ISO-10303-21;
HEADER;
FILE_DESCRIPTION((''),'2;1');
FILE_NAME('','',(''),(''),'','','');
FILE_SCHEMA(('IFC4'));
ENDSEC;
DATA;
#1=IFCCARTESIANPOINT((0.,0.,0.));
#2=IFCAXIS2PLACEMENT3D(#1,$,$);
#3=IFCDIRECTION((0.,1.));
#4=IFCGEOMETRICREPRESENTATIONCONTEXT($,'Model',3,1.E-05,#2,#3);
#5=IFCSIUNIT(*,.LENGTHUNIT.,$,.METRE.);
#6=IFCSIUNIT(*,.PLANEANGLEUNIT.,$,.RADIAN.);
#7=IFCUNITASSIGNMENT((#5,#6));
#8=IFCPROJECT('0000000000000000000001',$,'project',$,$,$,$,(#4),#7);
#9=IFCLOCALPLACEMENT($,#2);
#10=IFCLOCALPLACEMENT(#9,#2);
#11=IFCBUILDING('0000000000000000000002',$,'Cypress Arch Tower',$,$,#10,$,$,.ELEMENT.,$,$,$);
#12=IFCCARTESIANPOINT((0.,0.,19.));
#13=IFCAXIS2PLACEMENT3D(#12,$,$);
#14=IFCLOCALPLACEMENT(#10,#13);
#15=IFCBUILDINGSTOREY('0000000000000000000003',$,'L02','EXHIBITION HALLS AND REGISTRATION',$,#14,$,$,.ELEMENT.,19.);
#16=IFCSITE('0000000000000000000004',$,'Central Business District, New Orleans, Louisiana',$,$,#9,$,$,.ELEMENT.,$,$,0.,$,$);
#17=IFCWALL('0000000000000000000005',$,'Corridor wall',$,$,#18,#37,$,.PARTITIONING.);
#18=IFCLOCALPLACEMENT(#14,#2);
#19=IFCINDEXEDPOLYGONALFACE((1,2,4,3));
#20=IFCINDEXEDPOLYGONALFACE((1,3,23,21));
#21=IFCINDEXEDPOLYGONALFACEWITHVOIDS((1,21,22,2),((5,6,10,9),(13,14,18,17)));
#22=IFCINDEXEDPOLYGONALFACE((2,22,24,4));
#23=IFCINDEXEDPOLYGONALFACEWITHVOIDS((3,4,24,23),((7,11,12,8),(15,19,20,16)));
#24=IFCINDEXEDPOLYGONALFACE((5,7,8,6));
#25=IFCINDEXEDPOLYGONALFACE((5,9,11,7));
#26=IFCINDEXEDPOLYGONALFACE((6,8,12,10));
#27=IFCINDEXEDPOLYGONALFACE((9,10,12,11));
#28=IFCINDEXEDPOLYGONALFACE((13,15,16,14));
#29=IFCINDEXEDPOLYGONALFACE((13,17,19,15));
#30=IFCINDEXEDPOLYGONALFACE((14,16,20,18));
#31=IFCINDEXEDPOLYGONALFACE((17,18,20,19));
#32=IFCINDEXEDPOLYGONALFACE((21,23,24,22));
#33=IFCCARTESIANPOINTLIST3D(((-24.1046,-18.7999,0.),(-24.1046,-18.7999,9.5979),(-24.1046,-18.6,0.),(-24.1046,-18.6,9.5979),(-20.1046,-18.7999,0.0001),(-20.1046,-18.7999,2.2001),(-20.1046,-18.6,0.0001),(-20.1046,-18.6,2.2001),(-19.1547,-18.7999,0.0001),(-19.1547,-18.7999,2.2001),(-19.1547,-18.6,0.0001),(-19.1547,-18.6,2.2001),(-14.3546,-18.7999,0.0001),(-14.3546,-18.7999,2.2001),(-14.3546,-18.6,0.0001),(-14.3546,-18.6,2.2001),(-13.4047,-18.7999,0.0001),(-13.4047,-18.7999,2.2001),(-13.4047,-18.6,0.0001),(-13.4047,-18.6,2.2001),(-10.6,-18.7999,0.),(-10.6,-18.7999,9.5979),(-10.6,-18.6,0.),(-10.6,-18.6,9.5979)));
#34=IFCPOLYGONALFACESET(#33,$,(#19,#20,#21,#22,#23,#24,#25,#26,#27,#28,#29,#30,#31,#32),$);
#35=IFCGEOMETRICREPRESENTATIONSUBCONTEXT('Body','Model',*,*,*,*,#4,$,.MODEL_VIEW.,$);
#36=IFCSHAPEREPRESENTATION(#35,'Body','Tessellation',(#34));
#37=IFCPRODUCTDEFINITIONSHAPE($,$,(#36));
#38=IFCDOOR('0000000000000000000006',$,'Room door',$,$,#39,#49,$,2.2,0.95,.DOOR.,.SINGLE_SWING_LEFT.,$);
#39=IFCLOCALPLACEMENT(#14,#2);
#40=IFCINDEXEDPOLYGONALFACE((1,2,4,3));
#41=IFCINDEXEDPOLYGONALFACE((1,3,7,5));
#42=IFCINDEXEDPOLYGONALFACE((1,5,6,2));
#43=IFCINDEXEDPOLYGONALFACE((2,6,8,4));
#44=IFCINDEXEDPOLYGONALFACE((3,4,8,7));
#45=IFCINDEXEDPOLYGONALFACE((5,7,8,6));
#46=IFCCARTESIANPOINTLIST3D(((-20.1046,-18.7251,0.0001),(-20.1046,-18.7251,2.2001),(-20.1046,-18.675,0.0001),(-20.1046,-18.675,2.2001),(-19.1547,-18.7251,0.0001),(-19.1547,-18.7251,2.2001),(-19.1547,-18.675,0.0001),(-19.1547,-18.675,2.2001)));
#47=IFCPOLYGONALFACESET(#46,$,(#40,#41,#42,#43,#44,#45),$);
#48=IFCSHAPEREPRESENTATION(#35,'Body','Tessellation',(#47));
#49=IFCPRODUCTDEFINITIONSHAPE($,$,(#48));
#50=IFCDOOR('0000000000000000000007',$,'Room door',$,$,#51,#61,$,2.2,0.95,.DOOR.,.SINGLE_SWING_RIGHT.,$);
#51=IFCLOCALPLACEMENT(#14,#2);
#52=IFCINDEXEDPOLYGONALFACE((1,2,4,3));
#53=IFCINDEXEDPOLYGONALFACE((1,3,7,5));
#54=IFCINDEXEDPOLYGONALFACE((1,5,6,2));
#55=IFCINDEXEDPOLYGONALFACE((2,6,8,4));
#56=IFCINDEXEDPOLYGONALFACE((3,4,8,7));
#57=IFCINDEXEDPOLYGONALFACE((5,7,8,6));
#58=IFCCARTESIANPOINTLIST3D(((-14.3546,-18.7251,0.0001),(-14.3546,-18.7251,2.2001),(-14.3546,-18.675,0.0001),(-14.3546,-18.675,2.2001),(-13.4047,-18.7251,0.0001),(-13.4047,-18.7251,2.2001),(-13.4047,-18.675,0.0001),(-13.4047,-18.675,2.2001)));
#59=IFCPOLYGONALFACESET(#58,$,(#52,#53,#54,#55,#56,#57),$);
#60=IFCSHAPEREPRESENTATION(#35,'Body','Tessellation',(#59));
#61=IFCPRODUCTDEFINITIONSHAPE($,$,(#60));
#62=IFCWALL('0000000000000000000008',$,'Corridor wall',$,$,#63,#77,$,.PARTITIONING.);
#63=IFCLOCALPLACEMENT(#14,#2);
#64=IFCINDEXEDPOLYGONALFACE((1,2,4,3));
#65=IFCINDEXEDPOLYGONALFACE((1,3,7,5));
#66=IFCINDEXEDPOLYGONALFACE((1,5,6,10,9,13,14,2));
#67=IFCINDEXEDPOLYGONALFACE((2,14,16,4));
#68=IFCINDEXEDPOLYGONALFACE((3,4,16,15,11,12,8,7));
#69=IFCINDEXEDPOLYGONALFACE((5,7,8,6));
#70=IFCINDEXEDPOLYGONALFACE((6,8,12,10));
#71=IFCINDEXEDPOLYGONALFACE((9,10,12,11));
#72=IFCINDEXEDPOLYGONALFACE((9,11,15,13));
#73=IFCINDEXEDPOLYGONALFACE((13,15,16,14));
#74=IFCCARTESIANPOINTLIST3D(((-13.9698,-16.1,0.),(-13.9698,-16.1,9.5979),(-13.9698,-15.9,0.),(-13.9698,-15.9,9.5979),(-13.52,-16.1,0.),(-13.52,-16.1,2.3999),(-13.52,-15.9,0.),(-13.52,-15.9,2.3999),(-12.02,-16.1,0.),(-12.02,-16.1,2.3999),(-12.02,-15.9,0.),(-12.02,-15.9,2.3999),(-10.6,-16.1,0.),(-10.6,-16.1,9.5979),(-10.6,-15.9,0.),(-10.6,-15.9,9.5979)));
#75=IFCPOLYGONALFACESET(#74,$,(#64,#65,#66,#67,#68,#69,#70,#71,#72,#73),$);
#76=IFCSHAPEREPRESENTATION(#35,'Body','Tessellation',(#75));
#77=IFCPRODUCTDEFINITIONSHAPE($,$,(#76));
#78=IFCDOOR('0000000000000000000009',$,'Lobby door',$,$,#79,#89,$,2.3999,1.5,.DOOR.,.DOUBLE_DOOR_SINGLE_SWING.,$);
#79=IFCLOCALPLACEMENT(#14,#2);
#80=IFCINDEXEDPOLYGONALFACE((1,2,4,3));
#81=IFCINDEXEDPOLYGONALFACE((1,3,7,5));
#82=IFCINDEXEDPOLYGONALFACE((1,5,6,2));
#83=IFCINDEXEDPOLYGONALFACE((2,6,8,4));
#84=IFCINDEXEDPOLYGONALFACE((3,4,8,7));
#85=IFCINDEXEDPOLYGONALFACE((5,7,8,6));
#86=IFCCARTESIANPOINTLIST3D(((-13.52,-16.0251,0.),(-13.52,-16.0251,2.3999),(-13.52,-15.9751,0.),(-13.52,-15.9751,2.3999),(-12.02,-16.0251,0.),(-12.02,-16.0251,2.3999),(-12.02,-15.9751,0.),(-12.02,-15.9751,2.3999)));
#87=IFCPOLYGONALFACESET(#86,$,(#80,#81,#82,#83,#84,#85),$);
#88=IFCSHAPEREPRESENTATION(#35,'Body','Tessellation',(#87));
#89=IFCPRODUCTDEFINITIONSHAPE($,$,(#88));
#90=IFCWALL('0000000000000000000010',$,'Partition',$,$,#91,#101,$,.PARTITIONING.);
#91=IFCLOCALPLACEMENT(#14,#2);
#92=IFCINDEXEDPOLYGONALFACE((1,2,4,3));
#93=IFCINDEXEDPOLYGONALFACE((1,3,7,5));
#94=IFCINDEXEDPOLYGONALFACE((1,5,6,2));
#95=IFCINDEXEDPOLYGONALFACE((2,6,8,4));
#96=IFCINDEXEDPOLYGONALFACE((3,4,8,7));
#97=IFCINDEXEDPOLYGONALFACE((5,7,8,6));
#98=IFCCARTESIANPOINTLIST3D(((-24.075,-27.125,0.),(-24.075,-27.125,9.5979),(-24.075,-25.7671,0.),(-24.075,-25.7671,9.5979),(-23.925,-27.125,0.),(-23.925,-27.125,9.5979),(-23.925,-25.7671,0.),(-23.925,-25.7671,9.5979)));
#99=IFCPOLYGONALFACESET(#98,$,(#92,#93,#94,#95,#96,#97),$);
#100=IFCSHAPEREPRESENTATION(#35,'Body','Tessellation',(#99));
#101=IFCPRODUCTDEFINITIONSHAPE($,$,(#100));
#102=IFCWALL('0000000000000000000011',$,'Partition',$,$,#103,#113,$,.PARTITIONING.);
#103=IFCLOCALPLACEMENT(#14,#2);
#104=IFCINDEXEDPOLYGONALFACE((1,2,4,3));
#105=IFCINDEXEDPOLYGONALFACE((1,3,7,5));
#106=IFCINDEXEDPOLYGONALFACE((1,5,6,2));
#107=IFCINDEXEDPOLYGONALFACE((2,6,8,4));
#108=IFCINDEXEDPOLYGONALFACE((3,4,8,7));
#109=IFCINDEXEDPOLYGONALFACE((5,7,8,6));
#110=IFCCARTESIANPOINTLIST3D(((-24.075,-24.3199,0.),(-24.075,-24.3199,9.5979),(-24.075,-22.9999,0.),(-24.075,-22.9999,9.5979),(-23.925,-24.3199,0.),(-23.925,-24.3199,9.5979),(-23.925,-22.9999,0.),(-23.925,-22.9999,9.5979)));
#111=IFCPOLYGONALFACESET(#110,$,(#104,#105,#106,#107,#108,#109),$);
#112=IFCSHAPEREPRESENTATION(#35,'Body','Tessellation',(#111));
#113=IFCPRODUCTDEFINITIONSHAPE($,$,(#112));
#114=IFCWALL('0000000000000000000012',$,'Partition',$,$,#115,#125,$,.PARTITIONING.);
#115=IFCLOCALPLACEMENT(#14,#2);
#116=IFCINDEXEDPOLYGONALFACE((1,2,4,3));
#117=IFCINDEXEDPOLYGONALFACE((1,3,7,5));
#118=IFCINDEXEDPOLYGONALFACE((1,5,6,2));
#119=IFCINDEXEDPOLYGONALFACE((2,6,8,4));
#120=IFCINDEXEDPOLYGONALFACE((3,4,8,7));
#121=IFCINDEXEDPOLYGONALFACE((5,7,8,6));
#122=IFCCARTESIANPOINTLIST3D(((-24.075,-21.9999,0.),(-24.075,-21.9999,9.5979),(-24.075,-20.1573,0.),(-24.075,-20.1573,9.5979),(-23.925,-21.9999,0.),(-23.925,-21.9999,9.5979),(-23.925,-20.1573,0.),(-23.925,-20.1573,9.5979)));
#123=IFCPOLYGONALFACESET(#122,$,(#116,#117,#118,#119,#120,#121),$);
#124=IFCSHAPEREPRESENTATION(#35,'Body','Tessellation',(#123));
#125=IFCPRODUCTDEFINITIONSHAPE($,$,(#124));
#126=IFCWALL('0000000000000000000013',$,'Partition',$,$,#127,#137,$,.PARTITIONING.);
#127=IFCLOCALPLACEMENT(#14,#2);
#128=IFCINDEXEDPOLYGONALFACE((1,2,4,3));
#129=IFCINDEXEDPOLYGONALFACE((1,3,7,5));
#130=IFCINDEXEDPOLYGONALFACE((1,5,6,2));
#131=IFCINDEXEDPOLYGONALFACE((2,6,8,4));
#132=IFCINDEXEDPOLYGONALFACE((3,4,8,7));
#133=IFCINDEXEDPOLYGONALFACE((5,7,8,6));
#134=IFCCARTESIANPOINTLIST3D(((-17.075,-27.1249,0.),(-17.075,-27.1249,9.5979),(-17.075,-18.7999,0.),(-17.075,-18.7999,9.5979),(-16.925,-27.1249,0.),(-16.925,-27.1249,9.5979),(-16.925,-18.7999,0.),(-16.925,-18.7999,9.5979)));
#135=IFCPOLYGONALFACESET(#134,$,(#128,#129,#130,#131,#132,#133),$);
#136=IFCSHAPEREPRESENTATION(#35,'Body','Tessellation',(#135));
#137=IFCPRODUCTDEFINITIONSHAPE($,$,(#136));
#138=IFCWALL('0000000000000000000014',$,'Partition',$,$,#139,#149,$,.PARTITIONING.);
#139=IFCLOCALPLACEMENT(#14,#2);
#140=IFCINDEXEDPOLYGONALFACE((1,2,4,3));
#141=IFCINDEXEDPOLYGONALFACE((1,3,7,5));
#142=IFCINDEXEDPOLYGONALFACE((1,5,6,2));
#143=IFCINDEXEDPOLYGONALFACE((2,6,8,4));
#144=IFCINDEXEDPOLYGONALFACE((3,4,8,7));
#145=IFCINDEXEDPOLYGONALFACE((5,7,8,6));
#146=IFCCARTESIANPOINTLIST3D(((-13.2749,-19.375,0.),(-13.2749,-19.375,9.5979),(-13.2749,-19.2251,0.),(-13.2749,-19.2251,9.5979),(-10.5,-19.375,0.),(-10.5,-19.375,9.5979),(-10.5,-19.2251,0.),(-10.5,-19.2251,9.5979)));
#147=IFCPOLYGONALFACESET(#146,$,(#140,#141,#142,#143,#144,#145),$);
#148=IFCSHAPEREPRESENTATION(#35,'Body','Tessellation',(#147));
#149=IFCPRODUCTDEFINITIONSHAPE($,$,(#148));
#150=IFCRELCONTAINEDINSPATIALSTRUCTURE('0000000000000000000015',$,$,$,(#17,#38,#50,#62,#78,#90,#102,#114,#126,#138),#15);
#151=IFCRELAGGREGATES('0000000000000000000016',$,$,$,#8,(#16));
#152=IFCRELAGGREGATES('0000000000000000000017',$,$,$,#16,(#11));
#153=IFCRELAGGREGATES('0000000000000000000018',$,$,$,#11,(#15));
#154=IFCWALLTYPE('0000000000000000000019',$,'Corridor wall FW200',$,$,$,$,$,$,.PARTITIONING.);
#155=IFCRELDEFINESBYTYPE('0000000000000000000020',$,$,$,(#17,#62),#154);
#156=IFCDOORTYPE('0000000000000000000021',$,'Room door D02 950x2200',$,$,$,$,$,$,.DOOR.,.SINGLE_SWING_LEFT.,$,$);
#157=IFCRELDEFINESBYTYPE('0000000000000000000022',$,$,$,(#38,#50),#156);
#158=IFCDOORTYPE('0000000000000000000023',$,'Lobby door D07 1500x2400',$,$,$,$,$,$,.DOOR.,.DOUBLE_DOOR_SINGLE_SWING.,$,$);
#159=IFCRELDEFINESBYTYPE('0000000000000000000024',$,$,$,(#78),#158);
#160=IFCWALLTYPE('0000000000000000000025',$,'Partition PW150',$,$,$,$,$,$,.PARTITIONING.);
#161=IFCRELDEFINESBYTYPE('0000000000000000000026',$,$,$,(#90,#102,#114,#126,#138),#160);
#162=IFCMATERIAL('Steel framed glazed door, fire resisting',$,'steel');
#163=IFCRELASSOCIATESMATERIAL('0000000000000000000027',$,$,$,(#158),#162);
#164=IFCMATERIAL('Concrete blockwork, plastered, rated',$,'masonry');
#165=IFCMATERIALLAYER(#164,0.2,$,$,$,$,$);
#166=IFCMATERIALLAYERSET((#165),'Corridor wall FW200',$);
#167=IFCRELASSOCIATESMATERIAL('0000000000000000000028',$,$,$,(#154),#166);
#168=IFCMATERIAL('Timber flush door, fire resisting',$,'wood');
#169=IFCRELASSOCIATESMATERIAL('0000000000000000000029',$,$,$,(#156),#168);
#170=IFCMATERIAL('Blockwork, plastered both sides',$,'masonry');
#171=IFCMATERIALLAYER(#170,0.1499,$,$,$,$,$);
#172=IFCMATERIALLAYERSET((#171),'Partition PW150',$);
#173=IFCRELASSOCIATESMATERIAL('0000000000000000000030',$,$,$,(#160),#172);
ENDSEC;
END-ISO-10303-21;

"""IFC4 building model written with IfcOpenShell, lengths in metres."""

from ifc_helpers import new_model, si_unit, direction, frame, frame_2d, origin, place, context, subcontext, project, spatial, rectangle, extrude, material, layer, layer_set, type_object, element, fill, save


model = new_model("IFC4")

# Units and contexts
model_context = context("Model", 3, precision=1e-05, world=origin(), true_north=direction((0.0, 1.0)))
body_context = subcontext(model_context, "Body", "Model", "MODEL_VIEW")
ifc_project = project(units=[si_unit("LENGTHUNIT", "METRE"), si_unit("PLANEANGLEUNIT", "RADIAN")], contexts=[model_context])

# Site, building, storey
site_placement = place(None, origin())
site = spatial("IfcSite", under=ifc_project, at=site_placement, Name="Central Business District, New Orleans, Louisiana", CompositionType="ELEMENT", RefElevation=0.0)
building_placement = place(site_placement, origin())
building = spatial("IfcBuilding", under=site, at=building_placement, Name="Cypress Arch Tower", CompositionType="ELEMENT")
storey_placement = place(building_placement, frame((0.0, 0.0, 19.0)))
storey = spatial("IfcBuildingStorey", under=building, at=storey_placement, Name="L02", Description="EXHIBITION HALLS AND REGISTRATION", CompositionType="ELEMENT", Elevation=19.0)

# Shared definitions
ifc_material_1 = material(Name="Steel framed glazed door, fire resisting", Category="steel")
door_type_1 = type_object("IfcDoorType", Name="Lobby door D07 1500x2400", OperationType="DOUBLE_DOOR_SINGLE_SWING", PredefinedType="DOOR", material=ifc_material_1)

# Shared definitions
ifc_material_2 = material(Name="Concrete blockwork, plastered, rated", Category="masonry")
ifc_layer_1 = layer(ifc_material_2, 0.2)
ifc_layer_set_1 = layer_set([ifc_layer_1], Name="Corridor wall FW200")
wall_type_1 = type_object("IfcWallType", Name="Corridor wall FW200", PredefinedType="PARTITIONING", material=ifc_layer_set_1)
ifc_material_3 = material(Name="Timber flush door, fire resisting", Category="wood")
door_type_2 = type_object("IfcDoorType", Name="Room door D02 950x2200", OperationType="SINGLE_SWING_LEFT", PredefinedType="DOOR", material=ifc_material_3)

# Wall, openings, doors
wall_1_placement = place(storey_placement, frame((-24.1047, -18.7, 0.0), z_axis=(0.0, 0.0, 1.0), x_axis=(1.0, 0.0, 0.0)))
wall_1 = element("IfcWall", 1, at=wall_1_placement, inside=storey, type_object=wall_type_1, Name="Corridor wall", PredefinedType="PARTITIONING", context=body_context, shape_type="SweptSolid", body=[
    extrude(rectangle(XDim=13.5046, YDim=0.2, at=frame_2d((6.7524, 0.0))), origin(), (0.0, 0.0, 1.0), 9.5979),
])
opening_1_placement = place(wall_1_placement, frame((4.0, 0.0, 0.0)))
opening_1 = element("IfcOpeningElement", 2, at=opening_1_placement, cuts=wall_1, PredefinedType="OPENING", context=body_context, shape_type="SweptSolid", body=[
    extrude(rectangle(XDim=0.95, YDim=2.2, at=frame_2d((0.4751, 1.1001))), frame((0.0, 0.1099, 0.0), z_axis=(0.0, -1.0, 0.0), x_axis=(1.0, 0.0, 0.0)), (0.0, 0.0, 1.0), 0.22),
])
opening_2_placement = place(wall_1_placement, frame((9.75, 0.0, 0.0)))
opening_2 = element("IfcOpeningElement", 3, at=opening_2_placement, cuts=wall_1, PredefinedType="OPENING", context=body_context, shape_type="SweptSolid", body=[
    extrude(rectangle(XDim=0.95, YDim=2.2, at=frame_2d((0.4751, 1.1001))), frame((0.0, 0.1099, 0.0), z_axis=(0.0, -1.0, 0.0), x_axis=(1.0, 0.0, 0.0)), (0.0, 0.0, 1.0), 0.22),
])
door_1_placement = place(opening_1_placement, origin())
door_1 = element("IfcDoor", 4, at=door_1_placement, inside=storey, type_object=door_type_2, Name="Room door", OperationType="SINGLE_SWING_LEFT", OverallHeight=2.2, OverallWidth=0.95, PredefinedType="DOOR", context=body_context, shape_type="SweptSolid", body=[
    extrude(rectangle(XDim=0.95, YDim=2.2, at=frame_2d((0.4751, 1.1001))), frame((0.0, 0.0249, 0.0), z_axis=(0.0, -1.0, 0.0), x_axis=(1.0, 0.0, 0.0)), (0.0, 0.0, 1.0), 0.05),
])
fill(opening_1, door_1)
door_2_placement = place(opening_2_placement, origin())
door_2 = element("IfcDoor", 5, at=door_2_placement, inside=storey, type_object=door_type_2, Name="Room door", OperationType="SINGLE_SWING_RIGHT", OverallHeight=2.2, OverallWidth=0.95, PredefinedType="DOOR", context=body_context, shape_type="SweptSolid", body=[
    extrude(rectangle(XDim=0.95, YDim=2.2, at=frame_2d((0.4751, 1.1001))), frame((0.0, 0.0249, 0.0), z_axis=(0.0, -1.0, 0.0), x_axis=(1.0, 0.0, 0.0)), (0.0, 0.0, 1.0), 0.05),
])
fill(opening_2, door_2)

# Wall, opening, door
wall_2_placement = place(storey_placement, frame((-13.97, -16.0, 0.0), z_axis=(0.0, 0.0, 1.0), x_axis=(1.0, 0.0, 0.0)))
wall_2 = element("IfcWall", 6, at=wall_2_placement, inside=storey, type_object=wall_type_1, Name="Corridor wall", PredefinedType="PARTITIONING", context=body_context, shape_type="SweptSolid", body=[
    extrude(rectangle(XDim=3.3699, YDim=0.2, at=frame_2d((1.6851, 0.0))), origin(), (0.0, 0.0, 1.0), 9.5979),
])
opening_3_placement = place(wall_2_placement, frame((0.45, 0.0, 0.0)))
opening_3 = element("IfcOpeningElement", 7, at=opening_3_placement, cuts=wall_2, PredefinedType="OPENING", context=body_context, shape_type="SweptSolid", body=[
    extrude(rectangle(XDim=1.5, YDim=2.3999, at=frame_2d((0.75, 1.2))), frame((0.0, 0.1099, 0.0), z_axis=(0.0, -1.0, 0.0), x_axis=(1.0, 0.0, 0.0)), (0.0, 0.0, 1.0), 0.22),
])
door_3_placement = place(opening_3_placement, origin())
door_3 = element("IfcDoor", 8, at=door_3_placement, inside=storey, type_object=door_type_1, Name="Lobby door", OperationType="DOUBLE_DOOR_SINGLE_SWING", OverallHeight=2.3999, OverallWidth=1.5, PredefinedType="DOOR", context=body_context, shape_type="SweptSolid", body=[
    extrude(rectangle(XDim=1.5, YDim=2.3999, at=frame_2d((0.75, 1.2))), frame((0.0, 0.0249, 0.0), z_axis=(0.0, -1.0, 0.0), x_axis=(1.0, 0.0, 0.0)), (0.0, 0.0, 1.0), 0.05),
])
fill(opening_3, door_3)

# Walls
ifc_material_4 = material(Name="Blockwork, plastered both sides", Category="masonry")
ifc_layer_2 = layer(ifc_material_4, 0.1499)
ifc_layer_set_2 = layer_set([ifc_layer_2], Name="Partition PW150")
wall_type_2 = type_object("IfcWallType", Name="Partition PW150", PredefinedType="PARTITIONING", material=ifc_layer_set_2)
wall_3_placement = place(storey_placement, frame((-24.0, -27.125, 0.0), z_axis=(0.0, 0.0, 1.0), x_axis=(0.0, 1.0, 0.0)))
element("IfcWall", 9, at=wall_3_placement, inside=storey, type_object=wall_type_2, Name="Partition", PredefinedType="PARTITIONING", context=body_context, shape_type="SweptSolid", body=[
    extrude(rectangle(XDim=1.3579, YDim=0.1499, at=frame_2d((0.679, 0.0))), origin(), (0.0, 0.0, 1.0), 9.5979),
])
wall_4_placement = place(storey_placement, frame((-24.0, -24.3201, 0.0), z_axis=(0.0, 0.0, 1.0), x_axis=(0.0, 1.0, 0.0)))
element("IfcWall", 10, at=wall_4_placement, inside=storey, type_object=wall_type_2, Name="Partition", PredefinedType="PARTITIONING", context=body_context, shape_type="SweptSolid", body=[
    extrude(rectangle(XDim=1.3201, YDim=0.1499, at=frame_2d((0.6602, 0.0))), origin(), (0.0, 0.0, 1.0), 9.5979),
])
wall_5_placement = place(storey_placement, frame((-24.0, -22.0, 0.0), z_axis=(0.0, 0.0, 1.0), x_axis=(0.0, 1.0, 0.0)))
element("IfcWall", 11, at=wall_5_placement, inside=storey, type_object=wall_type_2, Name="Partition", PredefinedType="PARTITIONING", context=body_context, shape_type="SweptSolid", body=[
    extrude(rectangle(XDim=1.8425, YDim=0.1499, at=frame_2d((0.9214, 0.0))), origin(), (0.0, 0.0, 1.0), 9.5979),
])
wall_6_placement = place(storey_placement, frame((-17.0, -27.125, 0.0), z_axis=(0.0, 0.0, 1.0), x_axis=(0.0, 1.0, 0.0)))
element("IfcWall", 12, at=wall_6_placement, inside=storey, type_object=wall_type_2, Name="Partition", PredefinedType="PARTITIONING", context=body_context, shape_type="SweptSolid", body=[
    extrude(rectangle(XDim=8.325, YDim=0.1499, at=frame_2d((4.1626, 0.0))), origin(), (0.0, 0.0, 1.0), 9.5979),
])
wall_7_placement = place(storey_placement, frame((-13.2749, -19.3, 0.0), z_axis=(0.0, 0.0, 1.0), x_axis=(1.0, 0.0, 0.0)))
element("IfcWall", 13, at=wall_7_placement, inside=storey, type_object=wall_type_2, Name="Partition", PredefinedType="PARTITIONING", context=body_context, shape_type="SweptSolid", body=[
    extrude(rectangle(XDim=2.7749, YDim=0.1499, at=frame_2d((1.3875, 0.0))), origin(), (0.0, 0.0, 1.0), 9.5979),
])

save(model, "model.ifc")
